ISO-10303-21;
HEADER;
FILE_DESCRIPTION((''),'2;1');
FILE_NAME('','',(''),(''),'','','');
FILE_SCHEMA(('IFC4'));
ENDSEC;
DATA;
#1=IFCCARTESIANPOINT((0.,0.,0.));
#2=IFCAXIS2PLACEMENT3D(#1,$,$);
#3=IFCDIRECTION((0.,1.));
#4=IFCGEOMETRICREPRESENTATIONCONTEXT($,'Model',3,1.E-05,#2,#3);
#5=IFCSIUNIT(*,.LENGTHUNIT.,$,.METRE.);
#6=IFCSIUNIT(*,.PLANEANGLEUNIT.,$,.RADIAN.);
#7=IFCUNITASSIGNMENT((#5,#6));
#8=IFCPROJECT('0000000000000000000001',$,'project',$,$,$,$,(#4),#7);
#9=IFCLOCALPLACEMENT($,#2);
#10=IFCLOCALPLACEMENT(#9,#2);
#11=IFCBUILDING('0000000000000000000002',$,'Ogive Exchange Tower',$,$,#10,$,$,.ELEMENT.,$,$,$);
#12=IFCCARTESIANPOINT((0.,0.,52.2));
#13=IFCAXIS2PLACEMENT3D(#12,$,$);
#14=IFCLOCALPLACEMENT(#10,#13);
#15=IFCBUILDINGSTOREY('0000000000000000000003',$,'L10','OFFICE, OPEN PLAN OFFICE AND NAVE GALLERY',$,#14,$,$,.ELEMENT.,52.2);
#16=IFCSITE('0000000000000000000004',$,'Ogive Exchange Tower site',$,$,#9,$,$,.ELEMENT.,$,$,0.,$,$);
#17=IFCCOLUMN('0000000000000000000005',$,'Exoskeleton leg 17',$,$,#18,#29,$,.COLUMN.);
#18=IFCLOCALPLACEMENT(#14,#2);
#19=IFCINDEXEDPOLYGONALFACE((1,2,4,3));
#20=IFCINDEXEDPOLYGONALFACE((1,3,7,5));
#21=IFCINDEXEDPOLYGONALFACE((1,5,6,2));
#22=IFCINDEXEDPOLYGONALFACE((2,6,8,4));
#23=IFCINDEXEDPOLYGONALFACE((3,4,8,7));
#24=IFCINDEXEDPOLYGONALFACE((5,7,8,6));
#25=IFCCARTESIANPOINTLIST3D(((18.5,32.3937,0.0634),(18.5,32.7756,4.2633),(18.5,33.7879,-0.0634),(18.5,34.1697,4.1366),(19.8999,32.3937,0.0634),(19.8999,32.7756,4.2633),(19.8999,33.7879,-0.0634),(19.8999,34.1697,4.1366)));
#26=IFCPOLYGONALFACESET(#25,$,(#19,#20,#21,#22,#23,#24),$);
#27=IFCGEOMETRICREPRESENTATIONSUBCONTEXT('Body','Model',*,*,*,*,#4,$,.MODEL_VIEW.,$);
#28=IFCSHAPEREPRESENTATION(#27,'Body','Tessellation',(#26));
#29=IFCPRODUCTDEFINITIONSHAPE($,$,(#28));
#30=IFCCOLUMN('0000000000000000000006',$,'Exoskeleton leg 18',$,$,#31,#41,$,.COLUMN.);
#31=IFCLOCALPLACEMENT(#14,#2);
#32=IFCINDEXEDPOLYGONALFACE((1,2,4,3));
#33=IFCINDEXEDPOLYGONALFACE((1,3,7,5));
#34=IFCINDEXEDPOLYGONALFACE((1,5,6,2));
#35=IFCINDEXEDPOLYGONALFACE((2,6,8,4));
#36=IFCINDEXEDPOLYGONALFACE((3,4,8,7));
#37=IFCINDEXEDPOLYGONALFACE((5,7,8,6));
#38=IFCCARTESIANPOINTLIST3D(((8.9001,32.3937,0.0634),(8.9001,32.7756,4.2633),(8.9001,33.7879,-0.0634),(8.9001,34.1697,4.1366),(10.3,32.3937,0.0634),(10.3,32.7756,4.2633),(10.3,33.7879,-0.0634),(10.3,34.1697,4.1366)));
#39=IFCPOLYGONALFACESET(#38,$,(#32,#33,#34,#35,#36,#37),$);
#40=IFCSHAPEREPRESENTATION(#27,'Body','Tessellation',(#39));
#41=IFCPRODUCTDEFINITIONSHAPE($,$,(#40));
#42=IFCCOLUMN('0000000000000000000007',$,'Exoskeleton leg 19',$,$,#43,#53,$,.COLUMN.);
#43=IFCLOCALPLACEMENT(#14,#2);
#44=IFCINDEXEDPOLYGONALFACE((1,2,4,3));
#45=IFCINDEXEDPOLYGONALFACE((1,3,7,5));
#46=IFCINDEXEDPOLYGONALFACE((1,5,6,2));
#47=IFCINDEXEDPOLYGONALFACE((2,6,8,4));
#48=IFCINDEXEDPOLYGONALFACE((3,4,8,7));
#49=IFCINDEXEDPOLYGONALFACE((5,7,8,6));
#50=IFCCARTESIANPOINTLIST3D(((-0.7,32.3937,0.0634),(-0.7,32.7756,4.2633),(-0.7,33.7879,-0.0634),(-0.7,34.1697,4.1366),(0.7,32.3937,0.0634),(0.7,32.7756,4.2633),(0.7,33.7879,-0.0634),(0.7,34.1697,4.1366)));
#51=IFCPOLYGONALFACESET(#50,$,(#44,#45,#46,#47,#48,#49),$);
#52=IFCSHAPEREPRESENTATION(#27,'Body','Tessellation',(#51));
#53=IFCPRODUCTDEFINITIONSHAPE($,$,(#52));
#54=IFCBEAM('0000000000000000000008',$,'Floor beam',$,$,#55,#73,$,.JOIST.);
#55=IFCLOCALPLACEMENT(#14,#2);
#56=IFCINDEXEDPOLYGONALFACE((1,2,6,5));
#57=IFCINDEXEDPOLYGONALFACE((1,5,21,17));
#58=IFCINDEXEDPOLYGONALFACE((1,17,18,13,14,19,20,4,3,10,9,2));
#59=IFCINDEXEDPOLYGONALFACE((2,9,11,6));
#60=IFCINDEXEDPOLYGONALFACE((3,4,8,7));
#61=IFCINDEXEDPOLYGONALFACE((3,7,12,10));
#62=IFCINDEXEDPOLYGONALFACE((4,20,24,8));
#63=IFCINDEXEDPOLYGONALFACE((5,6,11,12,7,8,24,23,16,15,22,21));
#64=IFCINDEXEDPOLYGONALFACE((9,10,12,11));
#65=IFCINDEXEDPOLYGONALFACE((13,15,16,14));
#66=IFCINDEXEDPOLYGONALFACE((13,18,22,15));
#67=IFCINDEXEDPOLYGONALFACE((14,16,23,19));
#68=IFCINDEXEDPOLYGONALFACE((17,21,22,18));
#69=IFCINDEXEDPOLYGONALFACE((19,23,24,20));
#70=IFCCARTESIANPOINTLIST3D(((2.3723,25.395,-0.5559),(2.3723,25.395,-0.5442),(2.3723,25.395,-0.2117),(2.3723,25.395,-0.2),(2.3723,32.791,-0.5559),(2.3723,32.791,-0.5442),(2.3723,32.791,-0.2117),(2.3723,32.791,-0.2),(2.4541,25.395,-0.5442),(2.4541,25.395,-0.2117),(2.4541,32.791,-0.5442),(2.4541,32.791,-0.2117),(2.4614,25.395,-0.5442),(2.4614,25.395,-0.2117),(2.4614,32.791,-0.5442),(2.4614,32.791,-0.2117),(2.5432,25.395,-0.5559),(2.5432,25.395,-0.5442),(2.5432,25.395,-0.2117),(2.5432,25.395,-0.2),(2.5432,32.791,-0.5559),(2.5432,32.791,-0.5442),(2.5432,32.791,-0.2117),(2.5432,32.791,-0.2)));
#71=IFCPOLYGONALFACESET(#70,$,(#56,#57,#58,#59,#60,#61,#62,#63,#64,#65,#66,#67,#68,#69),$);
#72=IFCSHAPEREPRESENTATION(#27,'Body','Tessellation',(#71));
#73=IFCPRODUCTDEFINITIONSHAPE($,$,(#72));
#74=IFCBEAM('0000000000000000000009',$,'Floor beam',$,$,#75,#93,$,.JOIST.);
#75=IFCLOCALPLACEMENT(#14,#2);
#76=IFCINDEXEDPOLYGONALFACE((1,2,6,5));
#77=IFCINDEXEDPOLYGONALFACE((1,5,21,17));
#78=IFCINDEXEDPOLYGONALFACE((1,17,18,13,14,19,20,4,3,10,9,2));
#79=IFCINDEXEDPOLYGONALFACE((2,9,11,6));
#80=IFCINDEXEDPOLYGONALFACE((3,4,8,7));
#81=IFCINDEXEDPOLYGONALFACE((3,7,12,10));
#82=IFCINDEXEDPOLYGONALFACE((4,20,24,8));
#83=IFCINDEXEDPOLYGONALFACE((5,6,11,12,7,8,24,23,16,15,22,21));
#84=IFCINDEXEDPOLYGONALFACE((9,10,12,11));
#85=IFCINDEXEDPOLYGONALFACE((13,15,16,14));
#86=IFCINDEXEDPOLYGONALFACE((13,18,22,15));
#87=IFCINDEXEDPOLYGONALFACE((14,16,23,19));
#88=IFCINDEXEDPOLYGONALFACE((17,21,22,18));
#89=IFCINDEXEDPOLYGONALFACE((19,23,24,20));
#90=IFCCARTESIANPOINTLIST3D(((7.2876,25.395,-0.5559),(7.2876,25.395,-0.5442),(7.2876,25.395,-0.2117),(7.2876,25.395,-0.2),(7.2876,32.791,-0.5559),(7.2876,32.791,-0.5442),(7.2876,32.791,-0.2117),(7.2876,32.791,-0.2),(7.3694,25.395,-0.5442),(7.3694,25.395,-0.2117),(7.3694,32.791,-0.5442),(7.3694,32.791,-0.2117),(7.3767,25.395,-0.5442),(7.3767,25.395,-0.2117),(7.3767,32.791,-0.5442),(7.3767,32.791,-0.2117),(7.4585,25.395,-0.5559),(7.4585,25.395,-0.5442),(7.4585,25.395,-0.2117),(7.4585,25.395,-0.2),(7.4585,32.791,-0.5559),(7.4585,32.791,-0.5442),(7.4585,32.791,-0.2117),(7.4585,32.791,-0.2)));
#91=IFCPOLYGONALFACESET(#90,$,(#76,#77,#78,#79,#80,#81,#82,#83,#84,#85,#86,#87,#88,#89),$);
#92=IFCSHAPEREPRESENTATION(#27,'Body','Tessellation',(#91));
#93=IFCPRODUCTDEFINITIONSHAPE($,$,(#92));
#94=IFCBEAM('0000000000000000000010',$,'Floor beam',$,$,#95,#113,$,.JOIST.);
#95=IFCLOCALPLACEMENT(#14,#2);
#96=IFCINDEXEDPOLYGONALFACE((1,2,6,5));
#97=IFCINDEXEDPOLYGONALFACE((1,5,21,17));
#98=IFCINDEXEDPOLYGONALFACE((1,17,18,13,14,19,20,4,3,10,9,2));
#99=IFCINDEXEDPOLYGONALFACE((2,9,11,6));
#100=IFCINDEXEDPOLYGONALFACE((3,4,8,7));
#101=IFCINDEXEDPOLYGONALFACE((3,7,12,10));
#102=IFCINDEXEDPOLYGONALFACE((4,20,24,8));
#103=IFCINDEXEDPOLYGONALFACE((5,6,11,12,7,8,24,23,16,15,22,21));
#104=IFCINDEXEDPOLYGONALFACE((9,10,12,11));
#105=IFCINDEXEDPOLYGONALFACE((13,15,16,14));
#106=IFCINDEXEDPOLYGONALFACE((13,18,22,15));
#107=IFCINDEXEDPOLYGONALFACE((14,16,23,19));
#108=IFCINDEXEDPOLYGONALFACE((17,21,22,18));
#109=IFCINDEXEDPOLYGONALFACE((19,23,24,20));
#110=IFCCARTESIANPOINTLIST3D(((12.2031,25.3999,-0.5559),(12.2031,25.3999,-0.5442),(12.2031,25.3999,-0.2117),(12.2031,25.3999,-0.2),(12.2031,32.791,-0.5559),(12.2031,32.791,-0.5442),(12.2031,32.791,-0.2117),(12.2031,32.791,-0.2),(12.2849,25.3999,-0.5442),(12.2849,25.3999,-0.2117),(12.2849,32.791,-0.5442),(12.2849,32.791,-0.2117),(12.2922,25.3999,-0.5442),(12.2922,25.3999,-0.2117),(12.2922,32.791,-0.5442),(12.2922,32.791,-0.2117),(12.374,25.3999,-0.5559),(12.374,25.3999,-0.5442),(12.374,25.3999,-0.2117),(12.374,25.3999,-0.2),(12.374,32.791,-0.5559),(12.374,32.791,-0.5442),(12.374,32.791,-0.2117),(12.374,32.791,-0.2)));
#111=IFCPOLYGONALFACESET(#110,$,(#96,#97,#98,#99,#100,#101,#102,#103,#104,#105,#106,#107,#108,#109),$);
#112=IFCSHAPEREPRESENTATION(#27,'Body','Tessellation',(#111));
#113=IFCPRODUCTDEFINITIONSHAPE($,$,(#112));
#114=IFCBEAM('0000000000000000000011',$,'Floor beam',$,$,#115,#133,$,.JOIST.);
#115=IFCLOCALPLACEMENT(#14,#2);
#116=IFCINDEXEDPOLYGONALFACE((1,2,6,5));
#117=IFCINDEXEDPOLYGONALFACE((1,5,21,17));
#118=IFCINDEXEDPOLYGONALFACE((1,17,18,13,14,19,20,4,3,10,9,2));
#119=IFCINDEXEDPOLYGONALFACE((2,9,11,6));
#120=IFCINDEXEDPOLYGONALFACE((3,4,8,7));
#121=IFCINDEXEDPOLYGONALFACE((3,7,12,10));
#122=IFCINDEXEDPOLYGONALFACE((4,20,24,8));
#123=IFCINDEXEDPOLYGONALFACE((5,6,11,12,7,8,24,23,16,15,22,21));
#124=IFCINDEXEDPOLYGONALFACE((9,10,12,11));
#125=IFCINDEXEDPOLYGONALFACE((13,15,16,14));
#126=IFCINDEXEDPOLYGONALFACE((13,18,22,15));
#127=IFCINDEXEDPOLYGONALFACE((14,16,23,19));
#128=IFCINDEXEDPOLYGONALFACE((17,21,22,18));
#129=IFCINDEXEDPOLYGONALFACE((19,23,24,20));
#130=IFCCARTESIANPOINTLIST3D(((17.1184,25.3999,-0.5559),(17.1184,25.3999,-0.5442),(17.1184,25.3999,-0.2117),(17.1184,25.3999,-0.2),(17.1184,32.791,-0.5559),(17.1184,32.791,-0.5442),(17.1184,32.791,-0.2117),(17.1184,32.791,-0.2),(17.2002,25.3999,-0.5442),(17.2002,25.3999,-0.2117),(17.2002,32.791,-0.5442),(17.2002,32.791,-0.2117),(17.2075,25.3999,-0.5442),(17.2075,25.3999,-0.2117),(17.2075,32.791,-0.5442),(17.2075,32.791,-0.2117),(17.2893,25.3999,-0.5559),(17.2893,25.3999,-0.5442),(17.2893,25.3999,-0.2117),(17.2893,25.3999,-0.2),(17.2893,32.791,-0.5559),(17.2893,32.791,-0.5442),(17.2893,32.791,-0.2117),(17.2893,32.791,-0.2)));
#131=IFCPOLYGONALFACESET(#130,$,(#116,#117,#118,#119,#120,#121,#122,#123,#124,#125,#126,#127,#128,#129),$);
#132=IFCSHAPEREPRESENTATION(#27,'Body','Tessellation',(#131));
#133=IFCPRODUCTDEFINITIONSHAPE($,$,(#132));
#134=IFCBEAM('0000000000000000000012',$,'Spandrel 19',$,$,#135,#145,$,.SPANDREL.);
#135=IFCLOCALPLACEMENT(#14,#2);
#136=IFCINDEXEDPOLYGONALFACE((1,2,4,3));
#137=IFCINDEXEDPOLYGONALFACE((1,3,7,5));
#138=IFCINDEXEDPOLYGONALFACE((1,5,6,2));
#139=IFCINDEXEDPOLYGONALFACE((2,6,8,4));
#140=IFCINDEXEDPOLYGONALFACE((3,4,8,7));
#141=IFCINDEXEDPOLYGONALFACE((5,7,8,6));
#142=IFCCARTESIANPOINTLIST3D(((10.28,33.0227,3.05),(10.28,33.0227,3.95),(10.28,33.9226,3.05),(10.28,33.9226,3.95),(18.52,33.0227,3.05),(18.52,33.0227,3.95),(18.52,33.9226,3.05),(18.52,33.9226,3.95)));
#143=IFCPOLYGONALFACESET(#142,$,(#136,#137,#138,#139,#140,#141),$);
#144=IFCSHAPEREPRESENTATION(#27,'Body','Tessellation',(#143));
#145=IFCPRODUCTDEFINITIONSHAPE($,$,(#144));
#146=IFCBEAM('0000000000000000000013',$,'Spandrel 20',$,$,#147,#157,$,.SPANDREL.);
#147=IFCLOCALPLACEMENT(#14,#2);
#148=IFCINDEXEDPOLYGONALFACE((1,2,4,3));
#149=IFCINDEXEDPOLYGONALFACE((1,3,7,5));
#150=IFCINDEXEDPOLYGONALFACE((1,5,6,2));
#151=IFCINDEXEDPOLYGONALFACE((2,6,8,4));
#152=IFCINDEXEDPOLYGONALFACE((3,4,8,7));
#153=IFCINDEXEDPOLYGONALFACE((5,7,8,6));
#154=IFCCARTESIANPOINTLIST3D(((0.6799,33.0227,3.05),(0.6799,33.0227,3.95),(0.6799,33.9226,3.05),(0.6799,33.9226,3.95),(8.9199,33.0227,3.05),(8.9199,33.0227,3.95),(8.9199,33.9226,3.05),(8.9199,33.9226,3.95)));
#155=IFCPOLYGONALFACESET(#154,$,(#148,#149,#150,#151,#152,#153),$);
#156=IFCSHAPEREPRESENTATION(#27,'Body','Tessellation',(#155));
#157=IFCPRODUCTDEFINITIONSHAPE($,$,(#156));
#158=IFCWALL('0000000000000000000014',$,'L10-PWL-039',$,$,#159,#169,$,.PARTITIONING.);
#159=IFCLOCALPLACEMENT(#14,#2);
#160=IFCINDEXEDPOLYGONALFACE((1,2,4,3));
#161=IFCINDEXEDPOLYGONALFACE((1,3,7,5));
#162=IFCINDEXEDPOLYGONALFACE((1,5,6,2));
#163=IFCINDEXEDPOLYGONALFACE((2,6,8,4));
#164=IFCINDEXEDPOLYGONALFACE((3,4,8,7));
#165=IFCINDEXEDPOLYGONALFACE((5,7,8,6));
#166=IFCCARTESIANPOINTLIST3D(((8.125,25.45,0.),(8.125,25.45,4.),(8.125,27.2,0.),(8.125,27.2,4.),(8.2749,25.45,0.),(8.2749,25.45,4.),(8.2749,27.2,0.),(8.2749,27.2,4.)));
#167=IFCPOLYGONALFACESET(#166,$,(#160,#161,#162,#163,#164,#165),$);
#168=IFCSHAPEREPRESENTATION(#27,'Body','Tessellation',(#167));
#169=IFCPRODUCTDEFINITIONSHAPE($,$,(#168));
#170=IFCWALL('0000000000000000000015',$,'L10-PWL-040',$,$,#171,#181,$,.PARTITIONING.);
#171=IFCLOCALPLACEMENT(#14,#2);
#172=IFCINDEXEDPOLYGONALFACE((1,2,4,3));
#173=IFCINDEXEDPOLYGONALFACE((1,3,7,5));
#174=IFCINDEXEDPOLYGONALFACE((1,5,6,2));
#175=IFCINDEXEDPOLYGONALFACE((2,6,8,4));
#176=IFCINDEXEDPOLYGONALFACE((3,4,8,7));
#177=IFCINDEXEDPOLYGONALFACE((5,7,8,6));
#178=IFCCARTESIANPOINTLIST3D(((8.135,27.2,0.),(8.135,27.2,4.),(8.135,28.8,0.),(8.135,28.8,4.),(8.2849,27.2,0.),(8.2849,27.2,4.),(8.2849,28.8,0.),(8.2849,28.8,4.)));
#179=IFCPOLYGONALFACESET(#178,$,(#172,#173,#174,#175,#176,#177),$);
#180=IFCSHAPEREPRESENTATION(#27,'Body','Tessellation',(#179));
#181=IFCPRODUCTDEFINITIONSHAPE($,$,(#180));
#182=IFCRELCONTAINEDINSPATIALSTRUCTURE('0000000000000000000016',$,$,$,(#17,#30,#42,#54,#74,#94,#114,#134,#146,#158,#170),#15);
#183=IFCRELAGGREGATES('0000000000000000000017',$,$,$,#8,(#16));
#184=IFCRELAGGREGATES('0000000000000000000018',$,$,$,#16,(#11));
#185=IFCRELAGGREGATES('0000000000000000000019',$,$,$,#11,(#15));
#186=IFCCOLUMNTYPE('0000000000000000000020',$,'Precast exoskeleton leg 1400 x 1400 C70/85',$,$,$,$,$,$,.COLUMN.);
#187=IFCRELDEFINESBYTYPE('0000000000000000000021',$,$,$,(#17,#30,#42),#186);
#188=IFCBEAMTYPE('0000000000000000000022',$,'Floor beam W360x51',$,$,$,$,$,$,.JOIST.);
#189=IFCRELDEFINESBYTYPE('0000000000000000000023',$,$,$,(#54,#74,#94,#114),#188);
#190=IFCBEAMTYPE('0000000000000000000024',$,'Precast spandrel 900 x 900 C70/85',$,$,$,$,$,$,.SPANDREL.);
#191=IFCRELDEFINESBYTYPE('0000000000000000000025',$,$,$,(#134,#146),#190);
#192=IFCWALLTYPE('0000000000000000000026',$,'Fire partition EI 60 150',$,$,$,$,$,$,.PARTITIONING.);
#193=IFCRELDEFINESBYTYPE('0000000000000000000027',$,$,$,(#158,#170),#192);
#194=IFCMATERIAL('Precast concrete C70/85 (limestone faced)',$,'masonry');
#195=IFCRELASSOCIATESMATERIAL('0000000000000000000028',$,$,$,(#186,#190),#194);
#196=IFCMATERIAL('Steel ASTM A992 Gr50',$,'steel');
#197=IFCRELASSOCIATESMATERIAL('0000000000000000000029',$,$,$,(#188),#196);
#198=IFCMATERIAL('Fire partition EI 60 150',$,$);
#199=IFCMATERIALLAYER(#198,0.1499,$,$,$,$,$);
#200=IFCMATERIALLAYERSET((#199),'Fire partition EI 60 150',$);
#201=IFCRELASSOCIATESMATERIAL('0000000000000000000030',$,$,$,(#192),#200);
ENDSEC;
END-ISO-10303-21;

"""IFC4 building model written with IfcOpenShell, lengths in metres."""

from ifc_helpers import new_model, si_unit, direction, frame, frame_2d, origin, origin_2d, place, context, subcontext, project, spatial, rectangle, i_section, extrude, material, layer, layer_set, material_profile, profile_set, type_object, element, save


model = new_model("IFC4")

# Units and contexts
model_context = context("Model", 3, precision=1e-05, world=origin(), true_north=direction((0.0, 1.0)))
body_context = subcontext(model_context, "Body", "Model", "MODEL_VIEW")
ifc_project = project(units=[si_unit("LENGTHUNIT", "METRE"), si_unit("PLANEANGLEUNIT", "RADIAN")], contexts=[model_context])

# Site, building, storey
site_placement = place(None, origin())
site = spatial("IfcSite", under=ifc_project, at=site_placement, Name="Ogive Exchange Tower site", CompositionType="ELEMENT", RefElevation=0.0)
building_placement = place(site_placement, origin())
building = spatial("IfcBuilding", under=site, at=building_placement, Name="Ogive Exchange Tower", CompositionType="ELEMENT")
storey_placement = place(building_placement, frame((0.0, 0.0, 52.2)))
storey = spatial("IfcBuildingStorey", under=building, at=storey_placement, Name="L10", Description="OFFICE, OPEN PLAN OFFICE AND NAVE GALLERY", CompositionType="ELEMENT", Elevation=52.2)

# Columns
ifc_material_1 = material(Name="Precast concrete C70/85 (limestone faced)", Category="masonry")
ifc_material_profile_1 = material_profile(ifc_material_1, rectangle(XDim=1.3999, YDim=1.3999, at=origin_2d()), Name="1400 x 1400")
ifc_profile_set_1 = profile_set([ifc_material_profile_1], Name="Precast concrete C70/85 (limestone faced)")
column_type = type_object("IfcColumnType", Name="Precast exoskeleton leg 1400 x 1400 C70/85", PredefinedType="COLUMN", material=ifc_profile_set_1)
for number, where, z_axis, x_axis, name in (
    (1, (19.2, 33.0908, 0.0), (0.0, 0.090541, 0.995893), (-1.0, 0.0, 0.0), "Exoskeleton leg 17"),
    (2, (9.6001, 33.0908, 0.0), (0.0, 0.090541, 0.995893), (-1.0, 0.0, 0.0), "Exoskeleton leg 18"),
    (3, (0.0, 33.0908, 0.0), (0.0, 0.090541, 0.995893), (-1.0, 0.0, 0.0), "Exoskeleton leg 19"),
):
    element("IfcColumn", number, at=place(storey_placement, frame(where, z_axis=z_axis, x_axis=x_axis)), inside=storey, type_object=column_type, Name=name, PredefinedType="COLUMN", context=body_context, shape_type="SweptSolid", body=[
        extrude(rectangle(XDim=1.3999, YDim=1.3999, at=origin_2d()), origin(), (0.0, 0.0, 1.0), 4.2173),
    ])

# Beams
ifc_material_2 = material(Name="Steel ASTM A992 Gr50", Category="steel")
ifc_material_profile_2 = material_profile(ifc_material_2, i_section(OverallWidth=0.1709, OverallDepth=0.356, WebThickness=0.0073, FlangeThickness=0.0117, at=origin_2d()), Name="W360x51")
ifc_profile_set_2 = profile_set([ifc_material_profile_2], Name="Steel ASTM A992 Gr50")
beam_type_1 = type_object("IfcBeamType", Name="Floor beam W360x51", PredefinedType="JOIST", material=ifc_profile_set_2)
for number, where, z_axis, x_axis, name in (
    (4, (2.4578, 25.395, -0.3779), (0.0, 1.0, 0.0), (-1.0, 0.0, 0.0), "Floor beam"),
    (5, (7.373, 25.395, -0.3779), (0.0, 1.0, 0.0), (-1.0, 0.0, 0.0), "Floor beam"),
):
    element("IfcBeam", number, at=place(storey_placement, frame(where, z_axis=z_axis, x_axis=x_axis)), inside=storey, type_object=beam_type_1, Name=name, PredefinedType="JOIST", context=body_context, shape_type="SweptSolid", body=[
        extrude(i_section(OverallWidth=0.1709, OverallDepth=0.356, WebThickness=0.0073, FlangeThickness=0.0117, at=origin_2d()), origin(), (0.0, 0.0, 1.0), 7.396),
    ])
for number, where, z_axis, x_axis, name in (
    (6, (12.2886, 25.3999, -0.3779), (0.0, 1.0, 0.0), (-1.0, 0.0, 0.0), "Floor beam"),
    (7, (17.2039, 25.3999, -0.3779), (0.0, 1.0, 0.0), (-1.0, 0.0, 0.0), "Floor beam"),
):
    element("IfcBeam", number, at=place(storey_placement, frame(where, z_axis=z_axis, x_axis=x_axis)), inside=storey, type_object=beam_type_1, Name=name, PredefinedType="JOIST", context=body_context, shape_type="SweptSolid", body=[
        extrude(i_section(OverallWidth=0.1709, OverallDepth=0.356, WebThickness=0.0073, FlangeThickness=0.0117, at=origin_2d()), origin(), (0.0, 0.0, 1.0), 7.3911),
    ])
ifc_material_profile_3 = material_profile(ifc_material_1, rectangle(XDim=0.8999, YDim=0.8999, at=origin_2d()), Name="900 x 900")
ifc_profile_set_3 = profile_set([ifc_material_profile_3], Name="Precast concrete C70/85 (limestone faced)")
beam_type_2 = type_object("IfcBeamType", Name="Precast spandrel 900 x 900 C70/85", PredefinedType="SPANDREL", material=ifc_profile_set_3)
for number, where, z_axis, x_axis, name in (
    (8, (18.52, 33.4727, 3.5), (-1.0, 0.0, 0.0), (0.0, -1.0, 0.0), "Spandrel 19"),
    (9, (8.9199, 33.4727, 3.5), (-1.0, 0.0, 0.0), (0.0, -1.0, 0.0), "Spandrel 20"),
):
    element("IfcBeam", number, at=place(storey_placement, frame(where, z_axis=z_axis, x_axis=x_axis)), inside=storey, type_object=beam_type_2, Name=name, PredefinedType="SPANDREL", context=body_context, shape_type="SweptSolid", body=[
        extrude(rectangle(XDim=0.8999, YDim=0.8999, at=origin_2d()), origin(), (0.0, 0.0, 1.0), 8.24),
    ])

# Walls
ifc_material_3 = material(Name="Fire partition EI 60 150")
ifc_layer_1 = layer(ifc_material_3, 0.1499)
ifc_layer_set_1 = layer_set([ifc_layer_1], Name="Fire partition EI 60 150")
wall_type_1 = type_object("IfcWallType", Name="Fire partition EI 60 150", PredefinedType="PARTITIONING", material=ifc_layer_set_1)
wall_1_placement = place(storey_placement, frame((8.2, 25.45, 0.0), z_axis=(0.0, 0.0, 1.0), x_axis=(0.0, 1.0, 0.0)))
element("IfcWall", 10, at=wall_1_placement, inside=storey, type_object=wall_type_1, Name="L10-PWL-039", PredefinedType="PARTITIONING", context=body_context, shape_type="SweptSolid", body=[
    extrude(rectangle(XDim=1.75, YDim=0.1499, at=frame_2d((0.875, 0.0))), origin(), (0.0, 0.0, 1.0), 4.0),
])
wall_2_placement = place(storey_placement, frame((8.21, 27.2, 0.0), z_axis=(0.0, 0.0, 1.0), x_axis=(0.0, 1.0, 0.0)))
element("IfcWall", 11, at=wall_2_placement, inside=storey, type_object=wall_type_1, Name="L10-PWL-040", PredefinedType="PARTITIONING", context=body_context, shape_type="SweptSolid", body=[
    extrude(rectangle(XDim=1.6001, YDim=0.1499, at=frame_2d((0.8, 0.0))), origin(), (0.0, 0.0, 1.0), 4.0),
])

save(model, "model.ifc")
